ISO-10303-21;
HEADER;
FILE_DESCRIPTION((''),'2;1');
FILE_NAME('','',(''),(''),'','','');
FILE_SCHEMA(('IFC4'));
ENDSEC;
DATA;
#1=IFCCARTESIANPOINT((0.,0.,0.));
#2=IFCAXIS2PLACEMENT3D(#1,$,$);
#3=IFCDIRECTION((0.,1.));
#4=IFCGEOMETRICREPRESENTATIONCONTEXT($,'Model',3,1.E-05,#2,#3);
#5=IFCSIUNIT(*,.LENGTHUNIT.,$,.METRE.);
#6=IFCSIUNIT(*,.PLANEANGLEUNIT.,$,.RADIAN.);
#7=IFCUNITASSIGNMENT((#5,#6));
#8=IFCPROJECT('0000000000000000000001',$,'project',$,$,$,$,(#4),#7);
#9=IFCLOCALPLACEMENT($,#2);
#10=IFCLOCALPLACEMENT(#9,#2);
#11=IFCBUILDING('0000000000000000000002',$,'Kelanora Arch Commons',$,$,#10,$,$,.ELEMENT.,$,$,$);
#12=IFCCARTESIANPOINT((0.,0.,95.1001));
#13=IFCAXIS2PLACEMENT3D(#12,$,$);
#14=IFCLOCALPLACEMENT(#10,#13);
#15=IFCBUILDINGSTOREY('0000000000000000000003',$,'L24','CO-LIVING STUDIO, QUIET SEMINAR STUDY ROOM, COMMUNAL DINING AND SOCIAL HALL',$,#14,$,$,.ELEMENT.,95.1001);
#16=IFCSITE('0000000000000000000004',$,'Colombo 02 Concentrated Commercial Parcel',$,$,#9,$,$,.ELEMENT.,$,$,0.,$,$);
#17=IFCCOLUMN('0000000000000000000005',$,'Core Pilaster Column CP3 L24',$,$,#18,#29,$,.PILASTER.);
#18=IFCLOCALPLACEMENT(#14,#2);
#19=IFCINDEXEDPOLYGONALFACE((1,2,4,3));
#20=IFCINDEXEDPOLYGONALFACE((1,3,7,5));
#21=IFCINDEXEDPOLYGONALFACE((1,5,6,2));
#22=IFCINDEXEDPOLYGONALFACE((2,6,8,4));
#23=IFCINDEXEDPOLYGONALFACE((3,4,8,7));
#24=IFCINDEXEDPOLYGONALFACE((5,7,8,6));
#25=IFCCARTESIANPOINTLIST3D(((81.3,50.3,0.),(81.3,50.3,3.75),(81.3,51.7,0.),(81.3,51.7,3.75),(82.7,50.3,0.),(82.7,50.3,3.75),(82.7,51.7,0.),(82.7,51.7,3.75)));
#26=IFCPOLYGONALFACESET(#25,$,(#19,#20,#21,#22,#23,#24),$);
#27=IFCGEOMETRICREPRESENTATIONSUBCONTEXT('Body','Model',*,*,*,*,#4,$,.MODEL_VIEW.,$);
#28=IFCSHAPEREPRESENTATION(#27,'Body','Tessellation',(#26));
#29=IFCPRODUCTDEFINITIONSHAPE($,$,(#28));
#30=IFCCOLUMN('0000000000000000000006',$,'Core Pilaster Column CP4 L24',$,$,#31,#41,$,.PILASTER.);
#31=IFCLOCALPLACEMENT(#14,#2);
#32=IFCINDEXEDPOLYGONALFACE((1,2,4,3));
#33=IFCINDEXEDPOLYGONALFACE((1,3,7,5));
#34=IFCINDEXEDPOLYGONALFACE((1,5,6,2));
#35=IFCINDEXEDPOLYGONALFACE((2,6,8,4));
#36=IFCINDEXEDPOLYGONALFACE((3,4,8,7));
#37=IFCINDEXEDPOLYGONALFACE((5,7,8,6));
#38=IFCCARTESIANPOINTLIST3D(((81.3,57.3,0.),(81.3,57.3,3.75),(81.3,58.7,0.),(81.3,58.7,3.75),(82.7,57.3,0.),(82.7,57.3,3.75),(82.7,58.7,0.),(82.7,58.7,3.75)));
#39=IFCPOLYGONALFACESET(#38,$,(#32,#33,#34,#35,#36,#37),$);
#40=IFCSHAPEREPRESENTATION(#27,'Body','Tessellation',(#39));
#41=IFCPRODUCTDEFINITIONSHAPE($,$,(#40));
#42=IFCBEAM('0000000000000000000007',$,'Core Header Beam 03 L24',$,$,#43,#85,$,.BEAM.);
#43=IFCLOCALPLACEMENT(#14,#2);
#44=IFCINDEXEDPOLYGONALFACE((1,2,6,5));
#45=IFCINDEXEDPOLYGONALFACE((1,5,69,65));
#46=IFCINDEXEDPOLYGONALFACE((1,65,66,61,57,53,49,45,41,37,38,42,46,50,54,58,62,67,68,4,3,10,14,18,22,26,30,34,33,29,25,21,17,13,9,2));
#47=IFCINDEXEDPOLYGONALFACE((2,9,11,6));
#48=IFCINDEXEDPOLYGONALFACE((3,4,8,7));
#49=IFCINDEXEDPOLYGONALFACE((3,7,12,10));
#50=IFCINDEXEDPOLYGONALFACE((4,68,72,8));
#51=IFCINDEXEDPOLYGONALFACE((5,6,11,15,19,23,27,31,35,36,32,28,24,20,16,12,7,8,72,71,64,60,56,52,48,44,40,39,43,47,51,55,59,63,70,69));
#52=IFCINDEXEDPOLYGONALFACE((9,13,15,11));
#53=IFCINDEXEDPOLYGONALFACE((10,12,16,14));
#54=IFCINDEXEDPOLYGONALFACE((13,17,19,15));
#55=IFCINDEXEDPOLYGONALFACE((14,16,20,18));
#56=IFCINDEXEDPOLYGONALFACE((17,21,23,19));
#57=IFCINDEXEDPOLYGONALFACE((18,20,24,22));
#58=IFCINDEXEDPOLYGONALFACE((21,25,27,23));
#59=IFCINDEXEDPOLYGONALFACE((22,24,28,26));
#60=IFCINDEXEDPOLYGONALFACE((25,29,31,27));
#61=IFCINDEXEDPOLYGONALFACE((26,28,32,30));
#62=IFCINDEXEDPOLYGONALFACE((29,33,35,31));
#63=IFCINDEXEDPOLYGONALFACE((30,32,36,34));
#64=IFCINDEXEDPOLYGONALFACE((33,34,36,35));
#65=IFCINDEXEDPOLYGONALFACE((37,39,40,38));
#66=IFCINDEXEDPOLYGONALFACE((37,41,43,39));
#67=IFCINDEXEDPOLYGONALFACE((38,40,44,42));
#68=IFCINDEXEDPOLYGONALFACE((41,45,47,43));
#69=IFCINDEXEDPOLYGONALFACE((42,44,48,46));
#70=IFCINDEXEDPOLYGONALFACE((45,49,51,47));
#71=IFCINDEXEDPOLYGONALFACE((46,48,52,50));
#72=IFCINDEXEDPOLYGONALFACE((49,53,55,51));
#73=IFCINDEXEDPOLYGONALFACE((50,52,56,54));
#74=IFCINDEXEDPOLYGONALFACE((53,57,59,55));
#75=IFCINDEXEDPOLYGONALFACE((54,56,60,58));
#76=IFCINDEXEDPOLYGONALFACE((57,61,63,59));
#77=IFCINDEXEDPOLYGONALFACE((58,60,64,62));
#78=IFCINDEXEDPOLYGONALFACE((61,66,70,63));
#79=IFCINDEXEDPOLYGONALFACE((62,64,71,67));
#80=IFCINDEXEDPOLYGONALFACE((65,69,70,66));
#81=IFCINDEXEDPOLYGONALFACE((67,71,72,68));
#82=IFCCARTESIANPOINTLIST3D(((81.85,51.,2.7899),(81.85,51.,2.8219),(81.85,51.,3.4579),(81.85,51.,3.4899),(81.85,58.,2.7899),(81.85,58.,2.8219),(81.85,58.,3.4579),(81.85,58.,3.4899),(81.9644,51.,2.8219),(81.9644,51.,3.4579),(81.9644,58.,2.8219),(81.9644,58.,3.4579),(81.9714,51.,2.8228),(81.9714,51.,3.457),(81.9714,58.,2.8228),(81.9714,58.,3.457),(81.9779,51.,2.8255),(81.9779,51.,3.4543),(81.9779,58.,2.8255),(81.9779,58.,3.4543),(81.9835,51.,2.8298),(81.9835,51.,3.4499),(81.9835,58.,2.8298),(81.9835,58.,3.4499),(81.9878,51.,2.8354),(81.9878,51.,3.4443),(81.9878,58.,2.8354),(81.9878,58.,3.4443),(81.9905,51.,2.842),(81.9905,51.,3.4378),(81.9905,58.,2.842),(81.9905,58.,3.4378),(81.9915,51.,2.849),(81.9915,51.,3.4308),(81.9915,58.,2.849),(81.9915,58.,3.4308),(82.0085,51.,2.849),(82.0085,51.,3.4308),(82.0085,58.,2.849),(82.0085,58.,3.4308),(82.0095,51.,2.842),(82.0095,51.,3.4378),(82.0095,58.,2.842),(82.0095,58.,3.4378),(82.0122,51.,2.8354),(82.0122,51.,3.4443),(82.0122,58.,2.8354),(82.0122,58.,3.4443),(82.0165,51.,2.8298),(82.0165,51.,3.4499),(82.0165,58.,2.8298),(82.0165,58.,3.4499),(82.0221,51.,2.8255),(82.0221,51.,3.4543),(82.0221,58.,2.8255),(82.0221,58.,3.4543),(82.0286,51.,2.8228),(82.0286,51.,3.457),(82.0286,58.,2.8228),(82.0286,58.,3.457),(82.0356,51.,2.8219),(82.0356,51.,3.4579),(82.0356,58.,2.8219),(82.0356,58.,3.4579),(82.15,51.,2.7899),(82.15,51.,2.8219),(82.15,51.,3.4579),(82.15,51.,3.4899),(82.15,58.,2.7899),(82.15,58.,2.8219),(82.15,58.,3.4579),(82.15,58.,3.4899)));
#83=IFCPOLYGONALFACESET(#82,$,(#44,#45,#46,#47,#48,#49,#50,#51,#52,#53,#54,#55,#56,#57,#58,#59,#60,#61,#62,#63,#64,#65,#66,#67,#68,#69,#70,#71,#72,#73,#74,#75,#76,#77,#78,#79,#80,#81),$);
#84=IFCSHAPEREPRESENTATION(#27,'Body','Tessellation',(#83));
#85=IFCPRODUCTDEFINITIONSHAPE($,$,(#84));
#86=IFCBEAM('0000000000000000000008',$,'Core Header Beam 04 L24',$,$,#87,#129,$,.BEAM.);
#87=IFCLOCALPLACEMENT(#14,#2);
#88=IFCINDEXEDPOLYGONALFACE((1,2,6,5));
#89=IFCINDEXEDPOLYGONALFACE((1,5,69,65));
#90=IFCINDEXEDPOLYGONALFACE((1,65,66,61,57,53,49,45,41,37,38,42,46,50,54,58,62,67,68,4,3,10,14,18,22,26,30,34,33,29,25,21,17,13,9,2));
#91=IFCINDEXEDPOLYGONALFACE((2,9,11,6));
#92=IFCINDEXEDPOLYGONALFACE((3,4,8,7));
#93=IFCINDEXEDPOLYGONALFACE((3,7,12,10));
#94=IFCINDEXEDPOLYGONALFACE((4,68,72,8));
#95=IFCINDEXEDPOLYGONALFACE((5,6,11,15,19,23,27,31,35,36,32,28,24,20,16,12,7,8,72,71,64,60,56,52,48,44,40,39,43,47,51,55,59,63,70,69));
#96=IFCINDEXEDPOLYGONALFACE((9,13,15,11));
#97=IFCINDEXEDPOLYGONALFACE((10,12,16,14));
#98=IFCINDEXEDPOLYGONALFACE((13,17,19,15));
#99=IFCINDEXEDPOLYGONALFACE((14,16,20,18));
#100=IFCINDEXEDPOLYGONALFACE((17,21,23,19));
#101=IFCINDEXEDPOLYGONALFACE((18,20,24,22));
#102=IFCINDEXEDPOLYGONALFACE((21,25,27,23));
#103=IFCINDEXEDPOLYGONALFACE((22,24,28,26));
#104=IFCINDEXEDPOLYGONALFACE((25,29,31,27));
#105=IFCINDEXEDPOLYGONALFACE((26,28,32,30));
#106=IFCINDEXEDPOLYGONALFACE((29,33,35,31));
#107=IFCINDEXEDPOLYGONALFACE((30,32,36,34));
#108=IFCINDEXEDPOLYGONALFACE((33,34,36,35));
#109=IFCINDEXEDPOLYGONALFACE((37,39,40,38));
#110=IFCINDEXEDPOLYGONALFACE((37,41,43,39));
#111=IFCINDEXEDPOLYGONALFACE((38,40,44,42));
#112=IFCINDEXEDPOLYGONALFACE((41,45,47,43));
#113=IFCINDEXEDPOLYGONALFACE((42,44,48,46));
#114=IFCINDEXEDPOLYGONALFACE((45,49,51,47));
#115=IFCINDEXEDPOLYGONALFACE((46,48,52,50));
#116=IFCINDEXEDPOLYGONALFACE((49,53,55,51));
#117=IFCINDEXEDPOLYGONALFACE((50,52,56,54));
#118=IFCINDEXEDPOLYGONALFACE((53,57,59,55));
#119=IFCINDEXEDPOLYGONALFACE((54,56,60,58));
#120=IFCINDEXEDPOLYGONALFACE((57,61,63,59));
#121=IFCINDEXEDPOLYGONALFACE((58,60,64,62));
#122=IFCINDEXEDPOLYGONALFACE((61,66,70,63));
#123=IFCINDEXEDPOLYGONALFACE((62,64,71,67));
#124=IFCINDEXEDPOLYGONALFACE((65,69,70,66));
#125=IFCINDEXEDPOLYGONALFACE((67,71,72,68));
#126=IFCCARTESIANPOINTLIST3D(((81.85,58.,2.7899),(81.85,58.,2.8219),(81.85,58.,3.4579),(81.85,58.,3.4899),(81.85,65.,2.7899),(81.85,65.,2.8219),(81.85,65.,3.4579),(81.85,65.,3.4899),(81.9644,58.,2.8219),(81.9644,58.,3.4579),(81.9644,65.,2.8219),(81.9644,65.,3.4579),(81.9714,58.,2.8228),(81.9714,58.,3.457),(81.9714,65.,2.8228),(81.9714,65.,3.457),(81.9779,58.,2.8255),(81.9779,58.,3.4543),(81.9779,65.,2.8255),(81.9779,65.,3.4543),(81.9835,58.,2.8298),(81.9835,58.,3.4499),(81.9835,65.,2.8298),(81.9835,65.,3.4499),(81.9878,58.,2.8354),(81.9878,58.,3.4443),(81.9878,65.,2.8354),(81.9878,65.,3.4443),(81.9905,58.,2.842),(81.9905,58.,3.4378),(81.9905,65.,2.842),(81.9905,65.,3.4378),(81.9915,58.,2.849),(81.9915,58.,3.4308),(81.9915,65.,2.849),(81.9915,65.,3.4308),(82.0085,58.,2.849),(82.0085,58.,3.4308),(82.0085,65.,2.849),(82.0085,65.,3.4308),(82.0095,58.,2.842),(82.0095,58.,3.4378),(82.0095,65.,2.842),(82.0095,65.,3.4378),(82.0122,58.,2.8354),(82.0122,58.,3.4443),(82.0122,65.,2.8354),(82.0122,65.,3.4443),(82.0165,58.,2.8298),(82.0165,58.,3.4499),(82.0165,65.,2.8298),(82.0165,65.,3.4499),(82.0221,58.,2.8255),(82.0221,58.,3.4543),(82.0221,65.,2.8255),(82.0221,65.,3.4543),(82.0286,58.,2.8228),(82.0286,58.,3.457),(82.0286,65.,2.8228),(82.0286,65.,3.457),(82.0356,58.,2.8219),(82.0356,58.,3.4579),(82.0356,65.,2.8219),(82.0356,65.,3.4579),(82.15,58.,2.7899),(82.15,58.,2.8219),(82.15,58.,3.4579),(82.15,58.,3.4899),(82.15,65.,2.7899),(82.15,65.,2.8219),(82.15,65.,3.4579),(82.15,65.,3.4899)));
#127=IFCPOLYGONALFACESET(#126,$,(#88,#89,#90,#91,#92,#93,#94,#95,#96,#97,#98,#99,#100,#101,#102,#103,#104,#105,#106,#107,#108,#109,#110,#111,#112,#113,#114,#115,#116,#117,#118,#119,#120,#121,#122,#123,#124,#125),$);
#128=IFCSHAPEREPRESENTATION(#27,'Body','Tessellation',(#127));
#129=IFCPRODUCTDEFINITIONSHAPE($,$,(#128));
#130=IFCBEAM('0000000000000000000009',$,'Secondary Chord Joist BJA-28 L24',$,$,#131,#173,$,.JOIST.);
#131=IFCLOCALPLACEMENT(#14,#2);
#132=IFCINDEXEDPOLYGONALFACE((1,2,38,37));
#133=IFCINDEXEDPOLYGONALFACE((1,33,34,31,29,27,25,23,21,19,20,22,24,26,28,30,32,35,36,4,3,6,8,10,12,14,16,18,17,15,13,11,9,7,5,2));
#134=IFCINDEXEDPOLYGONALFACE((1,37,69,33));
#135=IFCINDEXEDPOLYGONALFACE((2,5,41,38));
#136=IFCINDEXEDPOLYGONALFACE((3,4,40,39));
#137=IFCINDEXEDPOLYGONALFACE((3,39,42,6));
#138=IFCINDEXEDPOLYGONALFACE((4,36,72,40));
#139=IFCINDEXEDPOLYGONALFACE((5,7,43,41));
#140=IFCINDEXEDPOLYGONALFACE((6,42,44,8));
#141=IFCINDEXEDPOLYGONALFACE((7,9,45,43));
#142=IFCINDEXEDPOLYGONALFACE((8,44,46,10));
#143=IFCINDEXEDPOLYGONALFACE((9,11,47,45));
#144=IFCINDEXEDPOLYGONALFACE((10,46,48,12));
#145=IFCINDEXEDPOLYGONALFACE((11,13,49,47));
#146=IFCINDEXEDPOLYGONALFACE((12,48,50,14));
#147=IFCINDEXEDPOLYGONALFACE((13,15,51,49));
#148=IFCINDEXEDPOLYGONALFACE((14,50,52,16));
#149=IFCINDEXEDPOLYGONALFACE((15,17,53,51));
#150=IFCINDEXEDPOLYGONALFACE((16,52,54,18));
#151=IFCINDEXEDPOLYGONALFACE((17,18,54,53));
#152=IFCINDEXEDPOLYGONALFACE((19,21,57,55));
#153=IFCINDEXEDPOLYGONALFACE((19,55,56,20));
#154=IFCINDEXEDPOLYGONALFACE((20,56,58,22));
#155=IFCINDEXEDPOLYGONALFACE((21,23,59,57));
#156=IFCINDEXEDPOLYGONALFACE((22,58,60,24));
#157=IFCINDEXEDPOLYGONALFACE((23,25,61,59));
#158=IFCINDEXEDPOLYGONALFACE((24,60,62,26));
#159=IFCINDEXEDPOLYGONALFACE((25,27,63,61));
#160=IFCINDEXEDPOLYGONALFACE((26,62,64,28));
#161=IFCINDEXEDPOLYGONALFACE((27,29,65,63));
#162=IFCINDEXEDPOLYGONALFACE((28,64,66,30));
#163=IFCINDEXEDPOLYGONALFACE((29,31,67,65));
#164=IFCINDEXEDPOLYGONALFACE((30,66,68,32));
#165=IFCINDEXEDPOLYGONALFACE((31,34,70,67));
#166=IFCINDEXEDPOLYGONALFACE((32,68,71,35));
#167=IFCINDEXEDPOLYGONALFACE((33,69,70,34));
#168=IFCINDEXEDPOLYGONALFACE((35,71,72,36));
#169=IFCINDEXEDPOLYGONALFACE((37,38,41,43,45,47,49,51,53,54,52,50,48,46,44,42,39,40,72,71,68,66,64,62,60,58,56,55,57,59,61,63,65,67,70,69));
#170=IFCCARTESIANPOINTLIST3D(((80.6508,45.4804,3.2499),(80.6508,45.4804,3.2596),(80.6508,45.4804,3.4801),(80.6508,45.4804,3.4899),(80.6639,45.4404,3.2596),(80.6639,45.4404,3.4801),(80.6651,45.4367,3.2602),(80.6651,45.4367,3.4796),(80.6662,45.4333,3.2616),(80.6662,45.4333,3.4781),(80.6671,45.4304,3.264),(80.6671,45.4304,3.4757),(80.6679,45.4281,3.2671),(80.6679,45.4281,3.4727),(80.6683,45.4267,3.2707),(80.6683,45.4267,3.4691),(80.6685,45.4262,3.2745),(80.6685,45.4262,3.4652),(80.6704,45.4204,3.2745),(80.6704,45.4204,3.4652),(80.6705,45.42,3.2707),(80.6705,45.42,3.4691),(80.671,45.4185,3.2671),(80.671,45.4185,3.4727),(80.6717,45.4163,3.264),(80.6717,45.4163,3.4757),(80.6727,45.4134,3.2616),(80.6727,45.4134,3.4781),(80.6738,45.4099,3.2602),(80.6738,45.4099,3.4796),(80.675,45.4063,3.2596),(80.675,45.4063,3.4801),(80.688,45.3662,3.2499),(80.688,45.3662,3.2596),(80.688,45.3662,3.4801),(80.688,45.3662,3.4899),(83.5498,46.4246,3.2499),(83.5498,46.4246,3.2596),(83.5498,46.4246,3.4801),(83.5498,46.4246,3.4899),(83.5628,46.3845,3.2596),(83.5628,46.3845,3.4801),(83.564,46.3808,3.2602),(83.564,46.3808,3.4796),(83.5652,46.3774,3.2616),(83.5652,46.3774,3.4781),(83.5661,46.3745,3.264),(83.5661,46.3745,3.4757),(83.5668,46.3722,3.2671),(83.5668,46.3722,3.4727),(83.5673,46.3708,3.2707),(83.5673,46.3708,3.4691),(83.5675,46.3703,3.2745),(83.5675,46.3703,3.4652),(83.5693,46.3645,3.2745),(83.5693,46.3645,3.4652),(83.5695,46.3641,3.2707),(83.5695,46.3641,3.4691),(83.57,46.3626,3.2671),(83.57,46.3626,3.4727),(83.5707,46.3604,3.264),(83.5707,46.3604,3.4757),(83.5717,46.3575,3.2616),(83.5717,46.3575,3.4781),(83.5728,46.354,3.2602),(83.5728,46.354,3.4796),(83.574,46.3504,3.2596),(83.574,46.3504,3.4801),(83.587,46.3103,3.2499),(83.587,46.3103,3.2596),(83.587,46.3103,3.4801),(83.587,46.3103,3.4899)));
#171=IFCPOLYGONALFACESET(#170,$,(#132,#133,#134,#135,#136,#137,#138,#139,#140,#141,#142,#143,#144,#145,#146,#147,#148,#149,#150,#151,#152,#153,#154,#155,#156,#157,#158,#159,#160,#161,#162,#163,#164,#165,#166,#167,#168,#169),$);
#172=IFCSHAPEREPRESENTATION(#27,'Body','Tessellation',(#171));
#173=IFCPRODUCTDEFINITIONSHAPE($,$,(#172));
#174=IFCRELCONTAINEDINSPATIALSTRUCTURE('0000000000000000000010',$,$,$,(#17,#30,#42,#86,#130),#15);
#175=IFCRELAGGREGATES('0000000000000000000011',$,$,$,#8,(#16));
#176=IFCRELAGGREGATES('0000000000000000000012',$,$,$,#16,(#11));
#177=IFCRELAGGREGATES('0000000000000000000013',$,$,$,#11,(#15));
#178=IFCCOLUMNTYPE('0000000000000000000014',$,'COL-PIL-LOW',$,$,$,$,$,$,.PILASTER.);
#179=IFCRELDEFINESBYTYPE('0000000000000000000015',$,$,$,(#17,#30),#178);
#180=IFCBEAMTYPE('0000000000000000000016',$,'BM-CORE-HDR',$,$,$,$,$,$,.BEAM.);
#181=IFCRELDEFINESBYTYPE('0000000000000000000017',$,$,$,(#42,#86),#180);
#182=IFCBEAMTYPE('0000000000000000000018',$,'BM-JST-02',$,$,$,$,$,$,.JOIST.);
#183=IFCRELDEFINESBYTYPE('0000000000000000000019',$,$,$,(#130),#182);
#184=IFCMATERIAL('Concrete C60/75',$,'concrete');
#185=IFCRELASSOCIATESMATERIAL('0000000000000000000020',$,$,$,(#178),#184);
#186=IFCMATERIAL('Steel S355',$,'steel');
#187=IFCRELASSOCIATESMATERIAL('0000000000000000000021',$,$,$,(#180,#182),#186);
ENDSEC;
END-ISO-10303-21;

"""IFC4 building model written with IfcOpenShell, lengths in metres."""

from ifc_helpers import new_model, si_unit, direction, frame, origin, origin_2d, place, context, subcontext, project, spatial, rectangle, i_section, extrude, material, material_profile, profile_set, type_object, element, save


model = new_model("IFC4")

# Units and contexts
model_context = context("Model", 3, precision=1e-05, world=origin(), true_north=direction((0.0, 1.0)))
body_context = subcontext(model_context, "Body", "Model", "MODEL_VIEW")
ifc_project = project(units=[si_unit("LENGTHUNIT", "METRE"), si_unit("PLANEANGLEUNIT", "RADIAN")], contexts=[model_context])

# Site, building, storey
site_placement = place(None, origin())
site = spatial("IfcSite", under=ifc_project, at=site_placement, Name="Colombo 02 Concentrated Commercial Parcel", CompositionType="ELEMENT", RefElevation=0.0)
building_placement = place(site_placement, origin())
building = spatial("IfcBuilding", under=site, at=building_placement, Name="Kelanora Arch Commons", CompositionType="ELEMENT")
storey_placement = place(building_placement, frame((0.0, 0.0, 95.1001)))
storey = spatial("IfcBuildingStorey", under=building, at=storey_placement, Name="L24", Description="CO-LIVING STUDIO, QUIET SEMINAR STUDY ROOM, COMMUNAL DINING AND SOCIAL HALL", CompositionType="ELEMENT", Elevation=95.1001)

# Columns
ifc_material_1 = material(Name="Concrete C60/75", Category="concrete")
ifc_material_profile_1 = material_profile(ifc_material_1, rectangle(XDim=1.3999, YDim=1.3999, at=origin_2d()), Name="RC1400x1400")
ifc_profile_set_1 = profile_set([ifc_material_profile_1], Name="Concrete C60/75")
column_type = type_object("IfcColumnType", Name="COL-PIL-LOW", PredefinedType="PILASTER", material=ifc_profile_set_1)
for number, where, z_axis, x_axis, name in (
    (1, (82.0, 51.0, 0.0), (0.0, 0.0, 1.0), (1.0, 0.0, 0.0), "Core Pilaster Column CP3 L24"),
    (2, (82.0, 58.0, 0.0), (0.0, 0.0, 1.0), (1.0, 0.0, 0.0), "Core Pilaster Column CP4 L24"),
):
    element("IfcColumn", number, at=place(storey_placement, frame(where, z_axis=z_axis, x_axis=x_axis)), inside=storey, type_object=column_type, Name=name, PredefinedType="PILASTER", context=body_context, shape_type="SweptSolid", body=[
        extrude(rectangle(XDim=1.3999, YDim=1.3999, at=origin_2d()), origin(), (0.0, 0.0, 1.0), 3.75),
    ])

# Beams
ifc_material_2 = material(Name="Steel S355", Category="steel")
ifc_material_profile_2 = material_profile(ifc_material_2, i_section(OverallWidth=0.3, OverallDepth=0.7, WebThickness=0.0171, FlangeThickness=0.032, FilletRadius=0.0271, at=origin_2d()), Name="HEB700")
ifc_profile_set_2 = profile_set([ifc_material_profile_2], Name="Steel S355")
beam_type_1 = type_object("IfcBeamType", Name="BM-CORE-HDR", PredefinedType="BEAM", material=ifc_profile_set_2)
for number, where, z_axis, x_axis, name in (
    (3, (82.0, 51.0, 3.1399), (0.0, 1.0, 0.0), (-1.0, 0.0, 0.0), "Core Header Beam 03 L24"),
    (4, (82.0, 58.0, 3.1399), (0.0, 1.0, 0.0), (-1.0, 0.0, 0.0), "Core Header Beam 04 L24"),
):
    element("IfcBeam", number, at=place(storey_placement, frame(where, z_axis=z_axis, x_axis=x_axis)), inside=storey, type_object=beam_type_1, Name=name, PredefinedType="BEAM", context=body_context, shape_type="SweptSolid", body=[
        extrude(i_section(OverallWidth=0.3, OverallDepth=0.7, WebThickness=0.0171, FlangeThickness=0.032, FilletRadius=0.0271, at=origin_2d()), origin(), (0.0, 0.0, 1.0), 7.0),
    ])
ifc_material_profile_3 = material_profile(ifc_material_2, i_section(OverallWidth=0.1201, OverallDepth=0.24, WebThickness=0.0061, FlangeThickness=0.0098, FilletRadius=0.0149, at=origin_2d()), Name="IPE240")
ifc_profile_set_3 = profile_set([ifc_material_profile_3], Name="Steel S355")
beam_type_2 = type_object("IfcBeamType", Name="BM-JST-02", PredefinedType="JOIST", material=ifc_profile_set_3)
beam_1_placement = place(storey_placement, frame((80.6694, 45.4233, 3.3699), z_axis=(0.950847, 0.309662, 0.0), x_axis=(-0.309662, 0.950847, 0.0)))
element("IfcBeam", 5, at=beam_1_placement, inside=storey, type_object=beam_type_2, Name="Secondary Chord Joist BJA-28 L24", PredefinedType="JOIST", context=body_context, shape_type="SweptSolid", body=[
    extrude(i_section(OverallWidth=0.1201, OverallDepth=0.24, WebThickness=0.0061, FlangeThickness=0.0098, FilletRadius=0.0149, at=origin_2d()), origin(), (0.0, 0.0, 1.0), 3.0488),
])

save(model, "model.ifc")
